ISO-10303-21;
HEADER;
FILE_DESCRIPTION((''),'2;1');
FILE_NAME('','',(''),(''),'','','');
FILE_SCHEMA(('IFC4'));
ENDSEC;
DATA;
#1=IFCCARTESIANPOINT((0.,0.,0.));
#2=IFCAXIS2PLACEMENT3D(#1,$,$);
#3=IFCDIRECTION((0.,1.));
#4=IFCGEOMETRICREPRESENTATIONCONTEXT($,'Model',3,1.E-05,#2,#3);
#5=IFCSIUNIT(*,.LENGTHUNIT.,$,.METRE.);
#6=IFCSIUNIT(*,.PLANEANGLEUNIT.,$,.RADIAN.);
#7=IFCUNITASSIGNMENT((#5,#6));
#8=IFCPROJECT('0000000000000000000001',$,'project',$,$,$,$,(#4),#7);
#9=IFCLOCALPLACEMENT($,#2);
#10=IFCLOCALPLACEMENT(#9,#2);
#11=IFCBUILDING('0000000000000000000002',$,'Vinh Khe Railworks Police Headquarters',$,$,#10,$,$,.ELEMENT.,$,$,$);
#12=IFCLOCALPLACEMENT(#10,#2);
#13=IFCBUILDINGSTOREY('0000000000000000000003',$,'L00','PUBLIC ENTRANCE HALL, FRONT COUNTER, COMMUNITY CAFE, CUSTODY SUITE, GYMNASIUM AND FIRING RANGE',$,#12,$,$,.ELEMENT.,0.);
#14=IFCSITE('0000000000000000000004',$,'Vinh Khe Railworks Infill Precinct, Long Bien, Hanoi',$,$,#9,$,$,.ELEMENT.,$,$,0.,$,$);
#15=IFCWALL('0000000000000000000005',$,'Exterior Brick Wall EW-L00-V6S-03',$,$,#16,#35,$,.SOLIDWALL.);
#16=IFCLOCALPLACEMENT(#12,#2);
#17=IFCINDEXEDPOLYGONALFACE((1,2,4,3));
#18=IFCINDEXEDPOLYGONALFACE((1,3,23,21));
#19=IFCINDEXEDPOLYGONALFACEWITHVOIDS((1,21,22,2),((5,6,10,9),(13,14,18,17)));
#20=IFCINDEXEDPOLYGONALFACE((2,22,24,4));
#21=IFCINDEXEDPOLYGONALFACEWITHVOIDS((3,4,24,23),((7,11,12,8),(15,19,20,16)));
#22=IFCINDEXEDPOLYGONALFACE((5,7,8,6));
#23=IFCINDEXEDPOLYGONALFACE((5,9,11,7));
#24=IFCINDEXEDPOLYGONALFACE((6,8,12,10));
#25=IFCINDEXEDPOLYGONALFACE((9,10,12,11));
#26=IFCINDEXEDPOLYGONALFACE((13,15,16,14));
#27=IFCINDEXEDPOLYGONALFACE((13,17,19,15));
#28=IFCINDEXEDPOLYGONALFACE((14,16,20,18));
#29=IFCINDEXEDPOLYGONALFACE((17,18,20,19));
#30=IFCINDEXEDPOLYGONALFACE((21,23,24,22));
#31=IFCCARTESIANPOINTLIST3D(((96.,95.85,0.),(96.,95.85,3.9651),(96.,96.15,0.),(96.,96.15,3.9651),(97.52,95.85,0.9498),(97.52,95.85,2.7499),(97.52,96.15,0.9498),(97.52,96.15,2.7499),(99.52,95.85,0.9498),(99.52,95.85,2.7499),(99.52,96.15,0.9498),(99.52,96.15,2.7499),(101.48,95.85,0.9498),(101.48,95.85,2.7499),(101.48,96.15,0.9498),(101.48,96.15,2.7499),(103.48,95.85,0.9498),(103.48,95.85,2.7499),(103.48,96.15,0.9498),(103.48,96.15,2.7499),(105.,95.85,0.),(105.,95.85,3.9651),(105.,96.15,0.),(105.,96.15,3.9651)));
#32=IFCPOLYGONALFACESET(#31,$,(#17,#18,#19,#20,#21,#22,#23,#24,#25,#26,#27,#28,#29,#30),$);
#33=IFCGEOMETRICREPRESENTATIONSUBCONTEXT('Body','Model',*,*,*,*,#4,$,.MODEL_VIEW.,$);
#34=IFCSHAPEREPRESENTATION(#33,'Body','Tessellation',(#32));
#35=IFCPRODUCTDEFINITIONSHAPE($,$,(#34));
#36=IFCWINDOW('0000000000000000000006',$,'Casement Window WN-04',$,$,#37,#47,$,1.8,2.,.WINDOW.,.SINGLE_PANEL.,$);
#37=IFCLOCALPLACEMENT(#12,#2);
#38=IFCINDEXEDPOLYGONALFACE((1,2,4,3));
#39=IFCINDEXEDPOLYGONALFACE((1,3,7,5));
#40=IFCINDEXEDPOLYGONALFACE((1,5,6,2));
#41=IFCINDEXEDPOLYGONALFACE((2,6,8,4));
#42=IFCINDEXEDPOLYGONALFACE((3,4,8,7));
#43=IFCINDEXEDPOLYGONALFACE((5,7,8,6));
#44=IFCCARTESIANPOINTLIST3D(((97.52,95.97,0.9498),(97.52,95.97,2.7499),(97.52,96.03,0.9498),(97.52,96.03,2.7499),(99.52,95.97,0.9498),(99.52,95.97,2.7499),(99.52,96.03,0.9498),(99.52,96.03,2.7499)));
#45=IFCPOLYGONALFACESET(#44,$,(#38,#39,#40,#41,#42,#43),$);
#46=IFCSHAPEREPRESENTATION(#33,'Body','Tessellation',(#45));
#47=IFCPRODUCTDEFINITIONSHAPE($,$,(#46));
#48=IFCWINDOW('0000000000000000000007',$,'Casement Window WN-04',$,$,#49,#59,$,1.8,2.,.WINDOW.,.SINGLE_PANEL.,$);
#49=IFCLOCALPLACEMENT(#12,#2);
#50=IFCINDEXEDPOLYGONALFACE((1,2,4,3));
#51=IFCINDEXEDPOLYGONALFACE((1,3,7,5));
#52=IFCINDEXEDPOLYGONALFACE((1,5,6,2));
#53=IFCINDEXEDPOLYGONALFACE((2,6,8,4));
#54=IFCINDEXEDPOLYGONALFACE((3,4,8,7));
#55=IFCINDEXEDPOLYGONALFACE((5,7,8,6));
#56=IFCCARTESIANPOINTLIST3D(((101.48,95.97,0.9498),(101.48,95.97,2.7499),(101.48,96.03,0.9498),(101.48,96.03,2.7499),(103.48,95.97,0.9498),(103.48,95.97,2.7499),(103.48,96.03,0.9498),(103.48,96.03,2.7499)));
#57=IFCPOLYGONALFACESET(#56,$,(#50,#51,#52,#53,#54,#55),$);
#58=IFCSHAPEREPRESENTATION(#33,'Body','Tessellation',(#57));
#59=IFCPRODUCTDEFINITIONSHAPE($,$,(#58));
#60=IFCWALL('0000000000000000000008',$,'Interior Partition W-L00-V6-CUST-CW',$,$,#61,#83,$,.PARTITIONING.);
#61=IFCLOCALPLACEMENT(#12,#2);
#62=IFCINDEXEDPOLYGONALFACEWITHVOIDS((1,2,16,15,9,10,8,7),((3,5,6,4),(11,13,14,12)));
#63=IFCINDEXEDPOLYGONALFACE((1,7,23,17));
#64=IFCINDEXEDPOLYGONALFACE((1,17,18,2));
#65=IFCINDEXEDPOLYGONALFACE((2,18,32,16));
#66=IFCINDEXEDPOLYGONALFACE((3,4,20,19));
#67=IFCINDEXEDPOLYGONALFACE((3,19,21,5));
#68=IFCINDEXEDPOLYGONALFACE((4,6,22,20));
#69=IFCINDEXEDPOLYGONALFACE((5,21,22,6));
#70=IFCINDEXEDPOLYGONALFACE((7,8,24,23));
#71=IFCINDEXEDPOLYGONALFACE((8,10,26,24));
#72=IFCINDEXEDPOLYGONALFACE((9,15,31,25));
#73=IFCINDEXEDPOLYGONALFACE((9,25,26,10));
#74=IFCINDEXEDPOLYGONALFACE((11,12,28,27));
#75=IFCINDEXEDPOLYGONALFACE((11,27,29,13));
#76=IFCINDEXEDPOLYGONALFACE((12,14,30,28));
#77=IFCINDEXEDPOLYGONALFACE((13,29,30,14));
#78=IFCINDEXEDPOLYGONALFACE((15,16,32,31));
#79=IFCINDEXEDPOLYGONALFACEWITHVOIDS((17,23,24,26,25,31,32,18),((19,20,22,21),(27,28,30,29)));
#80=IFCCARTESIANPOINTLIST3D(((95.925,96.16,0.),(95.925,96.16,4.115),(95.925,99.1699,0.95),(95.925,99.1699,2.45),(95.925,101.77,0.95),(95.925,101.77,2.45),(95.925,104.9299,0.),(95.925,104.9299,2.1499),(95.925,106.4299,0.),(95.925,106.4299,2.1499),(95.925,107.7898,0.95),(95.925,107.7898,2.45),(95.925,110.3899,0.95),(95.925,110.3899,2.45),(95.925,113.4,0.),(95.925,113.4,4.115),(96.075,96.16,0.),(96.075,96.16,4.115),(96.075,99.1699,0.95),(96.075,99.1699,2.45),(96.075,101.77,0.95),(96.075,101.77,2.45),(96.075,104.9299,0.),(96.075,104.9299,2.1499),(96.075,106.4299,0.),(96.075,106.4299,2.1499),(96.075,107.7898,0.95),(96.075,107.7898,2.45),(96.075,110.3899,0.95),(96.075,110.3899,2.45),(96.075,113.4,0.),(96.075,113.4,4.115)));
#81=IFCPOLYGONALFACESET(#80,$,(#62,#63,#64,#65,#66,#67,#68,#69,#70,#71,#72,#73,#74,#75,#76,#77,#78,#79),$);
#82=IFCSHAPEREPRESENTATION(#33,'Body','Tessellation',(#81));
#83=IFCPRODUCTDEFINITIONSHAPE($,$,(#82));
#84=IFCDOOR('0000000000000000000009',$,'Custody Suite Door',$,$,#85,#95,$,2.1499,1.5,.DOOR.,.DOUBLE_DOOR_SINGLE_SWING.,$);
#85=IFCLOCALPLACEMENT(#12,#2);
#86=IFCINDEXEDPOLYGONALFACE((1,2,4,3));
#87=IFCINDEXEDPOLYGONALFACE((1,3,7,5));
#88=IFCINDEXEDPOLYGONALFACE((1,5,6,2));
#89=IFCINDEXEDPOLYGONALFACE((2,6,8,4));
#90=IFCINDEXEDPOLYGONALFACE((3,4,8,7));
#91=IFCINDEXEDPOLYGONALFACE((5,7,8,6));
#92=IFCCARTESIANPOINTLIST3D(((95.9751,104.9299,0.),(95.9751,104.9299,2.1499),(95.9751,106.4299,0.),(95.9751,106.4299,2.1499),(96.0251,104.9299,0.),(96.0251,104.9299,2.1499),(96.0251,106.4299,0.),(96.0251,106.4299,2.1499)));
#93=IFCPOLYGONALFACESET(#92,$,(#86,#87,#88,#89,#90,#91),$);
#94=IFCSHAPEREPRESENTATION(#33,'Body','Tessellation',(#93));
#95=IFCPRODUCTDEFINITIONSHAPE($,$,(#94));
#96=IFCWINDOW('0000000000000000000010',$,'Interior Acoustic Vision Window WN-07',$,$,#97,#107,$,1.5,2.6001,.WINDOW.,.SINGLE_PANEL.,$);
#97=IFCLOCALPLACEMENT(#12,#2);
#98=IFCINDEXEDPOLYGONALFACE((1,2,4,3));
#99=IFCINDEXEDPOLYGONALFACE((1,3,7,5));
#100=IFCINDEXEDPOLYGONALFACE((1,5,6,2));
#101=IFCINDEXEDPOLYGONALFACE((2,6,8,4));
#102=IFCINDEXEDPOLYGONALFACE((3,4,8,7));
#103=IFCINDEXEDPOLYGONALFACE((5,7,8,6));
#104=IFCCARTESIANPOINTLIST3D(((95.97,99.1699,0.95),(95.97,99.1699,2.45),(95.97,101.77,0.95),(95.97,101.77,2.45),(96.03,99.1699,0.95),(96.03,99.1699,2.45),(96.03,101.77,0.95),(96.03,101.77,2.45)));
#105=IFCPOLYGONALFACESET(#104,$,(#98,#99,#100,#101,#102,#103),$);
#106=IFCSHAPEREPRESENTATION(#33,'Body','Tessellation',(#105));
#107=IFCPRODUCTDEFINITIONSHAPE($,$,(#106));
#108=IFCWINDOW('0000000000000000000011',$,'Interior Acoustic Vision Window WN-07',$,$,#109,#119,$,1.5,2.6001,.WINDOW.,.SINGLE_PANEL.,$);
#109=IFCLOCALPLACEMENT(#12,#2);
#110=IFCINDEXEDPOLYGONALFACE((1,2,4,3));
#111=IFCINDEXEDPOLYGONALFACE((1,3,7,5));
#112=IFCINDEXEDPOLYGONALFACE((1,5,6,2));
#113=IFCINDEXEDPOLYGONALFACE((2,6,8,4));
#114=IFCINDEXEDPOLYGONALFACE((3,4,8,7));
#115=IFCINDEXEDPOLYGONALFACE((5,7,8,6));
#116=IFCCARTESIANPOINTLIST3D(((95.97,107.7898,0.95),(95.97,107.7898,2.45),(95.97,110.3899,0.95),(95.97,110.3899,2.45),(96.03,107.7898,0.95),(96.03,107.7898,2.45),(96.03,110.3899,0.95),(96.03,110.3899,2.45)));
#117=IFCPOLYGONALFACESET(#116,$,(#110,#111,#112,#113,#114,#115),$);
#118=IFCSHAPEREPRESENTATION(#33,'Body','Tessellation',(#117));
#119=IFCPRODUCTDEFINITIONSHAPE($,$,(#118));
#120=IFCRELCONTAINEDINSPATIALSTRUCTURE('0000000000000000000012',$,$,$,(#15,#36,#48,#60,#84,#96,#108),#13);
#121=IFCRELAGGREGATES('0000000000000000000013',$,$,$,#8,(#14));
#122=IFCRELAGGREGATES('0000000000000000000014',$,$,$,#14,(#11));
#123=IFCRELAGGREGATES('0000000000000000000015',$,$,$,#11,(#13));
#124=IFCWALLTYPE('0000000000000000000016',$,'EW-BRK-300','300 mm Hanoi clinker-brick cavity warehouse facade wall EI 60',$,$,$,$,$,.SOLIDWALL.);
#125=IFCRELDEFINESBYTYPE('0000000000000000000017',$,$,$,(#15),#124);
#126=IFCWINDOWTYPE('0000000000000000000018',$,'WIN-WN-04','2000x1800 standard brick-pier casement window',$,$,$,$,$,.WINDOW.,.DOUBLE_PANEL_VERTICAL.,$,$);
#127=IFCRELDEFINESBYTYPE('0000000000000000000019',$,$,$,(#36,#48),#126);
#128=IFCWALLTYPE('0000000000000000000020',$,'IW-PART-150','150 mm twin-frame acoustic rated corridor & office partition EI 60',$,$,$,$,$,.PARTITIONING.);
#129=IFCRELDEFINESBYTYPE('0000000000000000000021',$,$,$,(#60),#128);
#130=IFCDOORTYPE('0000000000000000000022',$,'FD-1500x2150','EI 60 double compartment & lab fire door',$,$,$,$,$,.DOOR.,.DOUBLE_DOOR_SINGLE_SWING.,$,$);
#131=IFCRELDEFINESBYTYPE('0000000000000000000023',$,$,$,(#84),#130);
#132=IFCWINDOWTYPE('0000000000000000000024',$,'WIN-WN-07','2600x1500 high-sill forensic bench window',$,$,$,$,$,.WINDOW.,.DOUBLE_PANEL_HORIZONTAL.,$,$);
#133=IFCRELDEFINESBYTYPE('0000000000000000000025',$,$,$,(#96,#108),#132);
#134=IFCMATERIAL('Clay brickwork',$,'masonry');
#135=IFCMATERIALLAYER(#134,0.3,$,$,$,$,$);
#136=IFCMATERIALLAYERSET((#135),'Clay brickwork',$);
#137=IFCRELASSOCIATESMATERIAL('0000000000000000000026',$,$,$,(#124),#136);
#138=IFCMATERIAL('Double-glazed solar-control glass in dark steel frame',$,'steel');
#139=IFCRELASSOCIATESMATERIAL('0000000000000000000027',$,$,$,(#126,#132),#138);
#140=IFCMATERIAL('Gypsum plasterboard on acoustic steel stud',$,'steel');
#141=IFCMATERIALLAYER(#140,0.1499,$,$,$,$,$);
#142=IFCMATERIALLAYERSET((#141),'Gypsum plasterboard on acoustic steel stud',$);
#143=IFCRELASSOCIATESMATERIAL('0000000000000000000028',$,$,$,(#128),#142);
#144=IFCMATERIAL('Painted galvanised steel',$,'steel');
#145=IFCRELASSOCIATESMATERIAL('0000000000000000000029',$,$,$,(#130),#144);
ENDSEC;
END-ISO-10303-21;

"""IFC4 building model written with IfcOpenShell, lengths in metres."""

from ifc_helpers import new_model, si_unit, direction, frame, frame_2d, origin, place, context, subcontext, project, spatial, rectangle, extrude, material, layer, layer_set, type_object, element, fill, save


model = new_model("IFC4")

# Units and contexts
model_context = context("Model", 3, precision=1e-05, world=origin(), true_north=direction((0.0, 1.0)))
body_context = subcontext(model_context, "Body", "Model", "MODEL_VIEW")
ifc_project = project(units=[si_unit("LENGTHUNIT", "METRE"), si_unit("PLANEANGLEUNIT", "RADIAN")], contexts=[model_context])

# Site, building, storey
site_placement = place(None, origin())
site = spatial("IfcSite", under=ifc_project, at=site_placement, Name="Vinh Khe Railworks Infill Precinct, Long Bien, Hanoi", CompositionType="ELEMENT", RefElevation=0.0)
building_placement = place(site_placement, origin())
building = spatial("IfcBuilding", under=site, at=building_placement, Name="Vinh Khe Railworks Police Headquarters", CompositionType="ELEMENT")
storey_placement = place(building_placement, origin())
storey = spatial("IfcBuildingStorey", under=building, at=storey_placement, Name="L00", Description="PUBLIC ENTRANCE HALL, FRONT COUNTER, COMMUNITY CAFE, CUSTODY SUITE, GYMNASIUM AND FIRING RANGE", CompositionType="ELEMENT", Elevation=0.0)

# Wall, openings, windows
ifc_material_1 = material(Name="Clay brickwork", Category="masonry")
ifc_layer_1 = layer(ifc_material_1, 0.3)
ifc_layer_set_1 = layer_set([ifc_layer_1], Name="Clay brickwork")
wall_type_1 = type_object("IfcWallType", Name="EW-BRK-300", Description="300 mm Hanoi clinker-brick cavity warehouse facade wall EI 60", PredefinedType="SOLIDWALL", material=ifc_layer_set_1)
wall_1_placement = place(storey_placement, frame((96.0, 96.0, 0.0), z_axis=(0.0, 0.0, 1.0), x_axis=(1.0, 0.0, 0.0)))
wall_1 = element("IfcWall", 1, at=wall_1_placement, inside=storey, type_object=wall_type_1, Name="Exterior Brick Wall EW-L00-V6S-03", PredefinedType="SOLIDWALL", context=body_context, shape_type="SweptSolid", body=[
    extrude(rectangle(XDim=9.0, YDim=0.3, at=frame_2d((4.5, 0.0))), origin(), (0.0, 0.0, 1.0), 3.9651),
])
opening_1_placement = place(wall_1_placement, frame((1.52, 0.0, 0.95)))
opening_1 = element("IfcOpeningElement", 2, at=opening_1_placement, cuts=wall_1, PredefinedType="OPENING", context=body_context, shape_type="SweptSolid", body=[
    extrude(rectangle(XDim=2.0, YDim=1.8, at=frame_2d((1.0, 0.8999))), frame((0.0, 0.165, 0.0), z_axis=(0.0, -1.0, 0.0), x_axis=(1.0, 0.0, 0.0)), (0.0, 0.0, 1.0), 0.3298),
])
opening_2_placement = place(wall_1_placement, frame((5.48, 0.0, 0.95)))
opening_2 = element("IfcOpeningElement", 3, at=opening_2_placement, cuts=wall_1, PredefinedType="OPENING", context=body_context, shape_type="SweptSolid", body=[
    extrude(rectangle(XDim=2.0, YDim=1.8, at=frame_2d((1.0, 0.8999))), frame((0.0, 0.165, 0.0), z_axis=(0.0, -1.0, 0.0), x_axis=(1.0, 0.0, 0.0)), (0.0, 0.0, 1.0), 0.3298),
])
ifc_material_2 = material(Name="Double-glazed solar-control glass in dark steel frame", Category="steel")
window_type_1 = type_object("IfcWindowType", Name="WIN-WN-04", Description="2000x1800 standard brick-pier casement window", PartitioningType="DOUBLE_PANEL_VERTICAL", PredefinedType="WINDOW", material=ifc_material_2)
window_1_placement = place(opening_1_placement, origin())
window_1 = element("IfcWindow", 4, at=window_1_placement, inside=storey, type_object=window_type_1, Name="Casement Window WN-04", OverallHeight=1.8, OverallWidth=2.0, PartitioningType="SINGLE_PANEL", PredefinedType="WINDOW", context=body_context, shape_type="SweptSolid", body=[
    extrude(rectangle(XDim=2.0, YDim=1.8, at=frame_2d((1.0, 0.8999))), frame((0.0, 0.03, 0.0), z_axis=(0.0, -1.0, 0.0), x_axis=(1.0, 0.0, 0.0)), (0.0, 0.0, 1.0), 0.0601),
])
fill(opening_1, window_1)
window_2_placement = place(opening_2_placement, origin())
window_2 = element("IfcWindow", 5, at=window_2_placement, inside=storey, type_object=window_type_1, Name="Casement Window WN-04", OverallHeight=1.8, OverallWidth=2.0, PartitioningType="SINGLE_PANEL", PredefinedType="WINDOW", context=body_context, shape_type="SweptSolid", body=[
    extrude(rectangle(XDim=2.0, YDim=1.8, at=frame_2d((1.0, 0.8999))), frame((0.0, 0.03, 0.0), z_axis=(0.0, -1.0, 0.0), x_axis=(1.0, 0.0, 0.0)), (0.0, 0.0, 1.0), 0.0601),
])
fill(opening_2, window_2)

# Wall, openings, door, windows
ifc_material_3 = material(Name="Gypsum plasterboard on acoustic steel stud", Category="steel")
ifc_layer_2 = layer(ifc_material_3, 0.1499)
ifc_layer_set_2 = layer_set([ifc_layer_2], Name="Gypsum plasterboard on acoustic steel stud")
wall_type_2 = type_object("IfcWallType", Name="IW-PART-150", Description="150 mm twin-frame acoustic rated corridor & office partition EI 60", PredefinedType="PARTITIONING", material=ifc_layer_set_2)
wall_2_placement = place(storey_placement, frame((96.0, 96.1599, 0.0), z_axis=(0.0, 0.0, 1.0), x_axis=(0.0, 1.0, 0.0)))
wall_2 = element("IfcWall", 6, at=wall_2_placement, inside=storey, type_object=wall_type_2, Name="Interior Partition W-L00-V6-CUST-CW", PredefinedType="PARTITIONING", context=body_context, shape_type="SweptSolid", body=[
    extrude(rectangle(XDim=17.24, YDim=0.1499, at=frame_2d((8.6201, 0.0))), origin(), (0.0, 0.0, 1.0), 4.115),
])
opening_3_placement = place(wall_2_placement, frame((8.77, 0.0, 0.0)))
opening_3 = element("IfcOpeningElement", 7, at=opening_3_placement, cuts=wall_2, PredefinedType="OPENING", context=body_context, shape_type="SweptSolid", body=[
    extrude(rectangle(XDim=1.5, YDim=2.1499, at=frame_2d((0.75, 1.075))), frame((0.0, 0.0898, 0.0), z_axis=(0.0, -1.0, 0.0), x_axis=(1.0, 0.0, 0.0)), (0.0, 0.0, 1.0), 0.1797),
])
opening_4_placement = place(wall_2_placement, frame((3.01, 0.0, 0.95)))
opening_4 = element("IfcOpeningElement", 8, at=opening_4_placement, cuts=wall_2, PredefinedType="OPENING", context=body_context, shape_type="SweptSolid", body=[
    extrude(rectangle(XDim=2.6001, YDim=1.5, at=frame_2d((1.3, 0.75))), frame((0.0, 0.0898, 0.0), z_axis=(0.0, -1.0, 0.0), x_axis=(1.0, 0.0, 0.0)), (0.0, 0.0, 1.0), 0.1797),
])
opening_5_placement = place(wall_2_placement, frame((11.6299, 0.0, 0.95)))
opening_5 = element("IfcOpeningElement", 9, at=opening_5_placement, cuts=wall_2, PredefinedType="OPENING", context=body_context, shape_type="SweptSolid", body=[
    extrude(rectangle(XDim=2.6001, YDim=1.5, at=frame_2d((1.3, 0.75))), frame((0.0, 0.0898, 0.0), z_axis=(0.0, -1.0, 0.0), x_axis=(1.0, 0.0, 0.0)), (0.0, 0.0, 1.0), 0.1797),
])
ifc_material_4 = material(Name="Painted galvanised steel", Category="steel")
door_type_1 = type_object("IfcDoorType", Name="FD-1500x2150", Description="EI 60 double compartment & lab fire door", OperationType="DOUBLE_DOOR_SINGLE_SWING", PredefinedType="DOOR", material=ifc_material_4)
door_1_placement = place(opening_3_placement, origin())
door_1 = element("IfcDoor", 10, at=door_1_placement, inside=storey, type_object=door_type_1, Name="Custody Suite Door", OperationType="DOUBLE_DOOR_SINGLE_SWING", OverallHeight=2.1499, OverallWidth=1.5, PredefinedType="DOOR", context=body_context, shape_type="SweptSolid", body=[
    extrude(rectangle(XDim=1.5, YDim=2.1499, at=frame_2d((0.75, 1.075))), frame((0.0, 0.0249, 0.0), z_axis=(0.0, -1.0, 0.0), x_axis=(1.0, 0.0, 0.0)), (0.0, 0.0, 1.0), 0.05),
])
fill(opening_3, door_1)
window_type_2 = type_object("IfcWindowType", Name="WIN-WN-07", Description="2600x1500 high-sill forensic bench window", PartitioningType="DOUBLE_PANEL_HORIZONTAL", PredefinedType="WINDOW", material=ifc_material_2)
window_3_placement = place(opening_4_placement, origin())
window_3 = element("IfcWindow", 11, at=window_3_placement, inside=storey, type_object=window_type_2, Name="Interior Acoustic Vision Window WN-07", OverallHeight=1.5, OverallWidth=2.6001, PartitioningType="SINGLE_PANEL", PredefinedType="WINDOW", context=body_context, shape_type="SweptSolid", body=[
    extrude(rectangle(XDim=2.6001, YDim=1.5, at=frame_2d((1.3, 0.75))), frame((0.0, 0.03, 0.0), z_axis=(0.0, -1.0, 0.0), x_axis=(1.0, 0.0, 0.0)), (0.0, 0.0, 1.0), 0.0601),
])
fill(opening_4, window_3)
window_4_placement = place(opening_5_placement, origin())
window_4 = element("IfcWindow", 12, at=window_4_placement, inside=storey, type_object=window_type_2, Name="Interior Acoustic Vision Window WN-07", OverallHeight=1.5, OverallWidth=2.6001, PartitioningType="SINGLE_PANEL", PredefinedType="WINDOW", context=body_context, shape_type="SweptSolid", body=[
    extrude(rectangle(XDim=2.6001, YDim=1.5, at=frame_2d((1.3, 0.75))), frame((0.0, 0.03, 0.0), z_axis=(0.0, -1.0, 0.0), x_axis=(1.0, 0.0, 0.0)), (0.0, 0.0, 1.0), 0.0601),
])
fill(opening_5, window_4)

save(model, "model.ifc")
